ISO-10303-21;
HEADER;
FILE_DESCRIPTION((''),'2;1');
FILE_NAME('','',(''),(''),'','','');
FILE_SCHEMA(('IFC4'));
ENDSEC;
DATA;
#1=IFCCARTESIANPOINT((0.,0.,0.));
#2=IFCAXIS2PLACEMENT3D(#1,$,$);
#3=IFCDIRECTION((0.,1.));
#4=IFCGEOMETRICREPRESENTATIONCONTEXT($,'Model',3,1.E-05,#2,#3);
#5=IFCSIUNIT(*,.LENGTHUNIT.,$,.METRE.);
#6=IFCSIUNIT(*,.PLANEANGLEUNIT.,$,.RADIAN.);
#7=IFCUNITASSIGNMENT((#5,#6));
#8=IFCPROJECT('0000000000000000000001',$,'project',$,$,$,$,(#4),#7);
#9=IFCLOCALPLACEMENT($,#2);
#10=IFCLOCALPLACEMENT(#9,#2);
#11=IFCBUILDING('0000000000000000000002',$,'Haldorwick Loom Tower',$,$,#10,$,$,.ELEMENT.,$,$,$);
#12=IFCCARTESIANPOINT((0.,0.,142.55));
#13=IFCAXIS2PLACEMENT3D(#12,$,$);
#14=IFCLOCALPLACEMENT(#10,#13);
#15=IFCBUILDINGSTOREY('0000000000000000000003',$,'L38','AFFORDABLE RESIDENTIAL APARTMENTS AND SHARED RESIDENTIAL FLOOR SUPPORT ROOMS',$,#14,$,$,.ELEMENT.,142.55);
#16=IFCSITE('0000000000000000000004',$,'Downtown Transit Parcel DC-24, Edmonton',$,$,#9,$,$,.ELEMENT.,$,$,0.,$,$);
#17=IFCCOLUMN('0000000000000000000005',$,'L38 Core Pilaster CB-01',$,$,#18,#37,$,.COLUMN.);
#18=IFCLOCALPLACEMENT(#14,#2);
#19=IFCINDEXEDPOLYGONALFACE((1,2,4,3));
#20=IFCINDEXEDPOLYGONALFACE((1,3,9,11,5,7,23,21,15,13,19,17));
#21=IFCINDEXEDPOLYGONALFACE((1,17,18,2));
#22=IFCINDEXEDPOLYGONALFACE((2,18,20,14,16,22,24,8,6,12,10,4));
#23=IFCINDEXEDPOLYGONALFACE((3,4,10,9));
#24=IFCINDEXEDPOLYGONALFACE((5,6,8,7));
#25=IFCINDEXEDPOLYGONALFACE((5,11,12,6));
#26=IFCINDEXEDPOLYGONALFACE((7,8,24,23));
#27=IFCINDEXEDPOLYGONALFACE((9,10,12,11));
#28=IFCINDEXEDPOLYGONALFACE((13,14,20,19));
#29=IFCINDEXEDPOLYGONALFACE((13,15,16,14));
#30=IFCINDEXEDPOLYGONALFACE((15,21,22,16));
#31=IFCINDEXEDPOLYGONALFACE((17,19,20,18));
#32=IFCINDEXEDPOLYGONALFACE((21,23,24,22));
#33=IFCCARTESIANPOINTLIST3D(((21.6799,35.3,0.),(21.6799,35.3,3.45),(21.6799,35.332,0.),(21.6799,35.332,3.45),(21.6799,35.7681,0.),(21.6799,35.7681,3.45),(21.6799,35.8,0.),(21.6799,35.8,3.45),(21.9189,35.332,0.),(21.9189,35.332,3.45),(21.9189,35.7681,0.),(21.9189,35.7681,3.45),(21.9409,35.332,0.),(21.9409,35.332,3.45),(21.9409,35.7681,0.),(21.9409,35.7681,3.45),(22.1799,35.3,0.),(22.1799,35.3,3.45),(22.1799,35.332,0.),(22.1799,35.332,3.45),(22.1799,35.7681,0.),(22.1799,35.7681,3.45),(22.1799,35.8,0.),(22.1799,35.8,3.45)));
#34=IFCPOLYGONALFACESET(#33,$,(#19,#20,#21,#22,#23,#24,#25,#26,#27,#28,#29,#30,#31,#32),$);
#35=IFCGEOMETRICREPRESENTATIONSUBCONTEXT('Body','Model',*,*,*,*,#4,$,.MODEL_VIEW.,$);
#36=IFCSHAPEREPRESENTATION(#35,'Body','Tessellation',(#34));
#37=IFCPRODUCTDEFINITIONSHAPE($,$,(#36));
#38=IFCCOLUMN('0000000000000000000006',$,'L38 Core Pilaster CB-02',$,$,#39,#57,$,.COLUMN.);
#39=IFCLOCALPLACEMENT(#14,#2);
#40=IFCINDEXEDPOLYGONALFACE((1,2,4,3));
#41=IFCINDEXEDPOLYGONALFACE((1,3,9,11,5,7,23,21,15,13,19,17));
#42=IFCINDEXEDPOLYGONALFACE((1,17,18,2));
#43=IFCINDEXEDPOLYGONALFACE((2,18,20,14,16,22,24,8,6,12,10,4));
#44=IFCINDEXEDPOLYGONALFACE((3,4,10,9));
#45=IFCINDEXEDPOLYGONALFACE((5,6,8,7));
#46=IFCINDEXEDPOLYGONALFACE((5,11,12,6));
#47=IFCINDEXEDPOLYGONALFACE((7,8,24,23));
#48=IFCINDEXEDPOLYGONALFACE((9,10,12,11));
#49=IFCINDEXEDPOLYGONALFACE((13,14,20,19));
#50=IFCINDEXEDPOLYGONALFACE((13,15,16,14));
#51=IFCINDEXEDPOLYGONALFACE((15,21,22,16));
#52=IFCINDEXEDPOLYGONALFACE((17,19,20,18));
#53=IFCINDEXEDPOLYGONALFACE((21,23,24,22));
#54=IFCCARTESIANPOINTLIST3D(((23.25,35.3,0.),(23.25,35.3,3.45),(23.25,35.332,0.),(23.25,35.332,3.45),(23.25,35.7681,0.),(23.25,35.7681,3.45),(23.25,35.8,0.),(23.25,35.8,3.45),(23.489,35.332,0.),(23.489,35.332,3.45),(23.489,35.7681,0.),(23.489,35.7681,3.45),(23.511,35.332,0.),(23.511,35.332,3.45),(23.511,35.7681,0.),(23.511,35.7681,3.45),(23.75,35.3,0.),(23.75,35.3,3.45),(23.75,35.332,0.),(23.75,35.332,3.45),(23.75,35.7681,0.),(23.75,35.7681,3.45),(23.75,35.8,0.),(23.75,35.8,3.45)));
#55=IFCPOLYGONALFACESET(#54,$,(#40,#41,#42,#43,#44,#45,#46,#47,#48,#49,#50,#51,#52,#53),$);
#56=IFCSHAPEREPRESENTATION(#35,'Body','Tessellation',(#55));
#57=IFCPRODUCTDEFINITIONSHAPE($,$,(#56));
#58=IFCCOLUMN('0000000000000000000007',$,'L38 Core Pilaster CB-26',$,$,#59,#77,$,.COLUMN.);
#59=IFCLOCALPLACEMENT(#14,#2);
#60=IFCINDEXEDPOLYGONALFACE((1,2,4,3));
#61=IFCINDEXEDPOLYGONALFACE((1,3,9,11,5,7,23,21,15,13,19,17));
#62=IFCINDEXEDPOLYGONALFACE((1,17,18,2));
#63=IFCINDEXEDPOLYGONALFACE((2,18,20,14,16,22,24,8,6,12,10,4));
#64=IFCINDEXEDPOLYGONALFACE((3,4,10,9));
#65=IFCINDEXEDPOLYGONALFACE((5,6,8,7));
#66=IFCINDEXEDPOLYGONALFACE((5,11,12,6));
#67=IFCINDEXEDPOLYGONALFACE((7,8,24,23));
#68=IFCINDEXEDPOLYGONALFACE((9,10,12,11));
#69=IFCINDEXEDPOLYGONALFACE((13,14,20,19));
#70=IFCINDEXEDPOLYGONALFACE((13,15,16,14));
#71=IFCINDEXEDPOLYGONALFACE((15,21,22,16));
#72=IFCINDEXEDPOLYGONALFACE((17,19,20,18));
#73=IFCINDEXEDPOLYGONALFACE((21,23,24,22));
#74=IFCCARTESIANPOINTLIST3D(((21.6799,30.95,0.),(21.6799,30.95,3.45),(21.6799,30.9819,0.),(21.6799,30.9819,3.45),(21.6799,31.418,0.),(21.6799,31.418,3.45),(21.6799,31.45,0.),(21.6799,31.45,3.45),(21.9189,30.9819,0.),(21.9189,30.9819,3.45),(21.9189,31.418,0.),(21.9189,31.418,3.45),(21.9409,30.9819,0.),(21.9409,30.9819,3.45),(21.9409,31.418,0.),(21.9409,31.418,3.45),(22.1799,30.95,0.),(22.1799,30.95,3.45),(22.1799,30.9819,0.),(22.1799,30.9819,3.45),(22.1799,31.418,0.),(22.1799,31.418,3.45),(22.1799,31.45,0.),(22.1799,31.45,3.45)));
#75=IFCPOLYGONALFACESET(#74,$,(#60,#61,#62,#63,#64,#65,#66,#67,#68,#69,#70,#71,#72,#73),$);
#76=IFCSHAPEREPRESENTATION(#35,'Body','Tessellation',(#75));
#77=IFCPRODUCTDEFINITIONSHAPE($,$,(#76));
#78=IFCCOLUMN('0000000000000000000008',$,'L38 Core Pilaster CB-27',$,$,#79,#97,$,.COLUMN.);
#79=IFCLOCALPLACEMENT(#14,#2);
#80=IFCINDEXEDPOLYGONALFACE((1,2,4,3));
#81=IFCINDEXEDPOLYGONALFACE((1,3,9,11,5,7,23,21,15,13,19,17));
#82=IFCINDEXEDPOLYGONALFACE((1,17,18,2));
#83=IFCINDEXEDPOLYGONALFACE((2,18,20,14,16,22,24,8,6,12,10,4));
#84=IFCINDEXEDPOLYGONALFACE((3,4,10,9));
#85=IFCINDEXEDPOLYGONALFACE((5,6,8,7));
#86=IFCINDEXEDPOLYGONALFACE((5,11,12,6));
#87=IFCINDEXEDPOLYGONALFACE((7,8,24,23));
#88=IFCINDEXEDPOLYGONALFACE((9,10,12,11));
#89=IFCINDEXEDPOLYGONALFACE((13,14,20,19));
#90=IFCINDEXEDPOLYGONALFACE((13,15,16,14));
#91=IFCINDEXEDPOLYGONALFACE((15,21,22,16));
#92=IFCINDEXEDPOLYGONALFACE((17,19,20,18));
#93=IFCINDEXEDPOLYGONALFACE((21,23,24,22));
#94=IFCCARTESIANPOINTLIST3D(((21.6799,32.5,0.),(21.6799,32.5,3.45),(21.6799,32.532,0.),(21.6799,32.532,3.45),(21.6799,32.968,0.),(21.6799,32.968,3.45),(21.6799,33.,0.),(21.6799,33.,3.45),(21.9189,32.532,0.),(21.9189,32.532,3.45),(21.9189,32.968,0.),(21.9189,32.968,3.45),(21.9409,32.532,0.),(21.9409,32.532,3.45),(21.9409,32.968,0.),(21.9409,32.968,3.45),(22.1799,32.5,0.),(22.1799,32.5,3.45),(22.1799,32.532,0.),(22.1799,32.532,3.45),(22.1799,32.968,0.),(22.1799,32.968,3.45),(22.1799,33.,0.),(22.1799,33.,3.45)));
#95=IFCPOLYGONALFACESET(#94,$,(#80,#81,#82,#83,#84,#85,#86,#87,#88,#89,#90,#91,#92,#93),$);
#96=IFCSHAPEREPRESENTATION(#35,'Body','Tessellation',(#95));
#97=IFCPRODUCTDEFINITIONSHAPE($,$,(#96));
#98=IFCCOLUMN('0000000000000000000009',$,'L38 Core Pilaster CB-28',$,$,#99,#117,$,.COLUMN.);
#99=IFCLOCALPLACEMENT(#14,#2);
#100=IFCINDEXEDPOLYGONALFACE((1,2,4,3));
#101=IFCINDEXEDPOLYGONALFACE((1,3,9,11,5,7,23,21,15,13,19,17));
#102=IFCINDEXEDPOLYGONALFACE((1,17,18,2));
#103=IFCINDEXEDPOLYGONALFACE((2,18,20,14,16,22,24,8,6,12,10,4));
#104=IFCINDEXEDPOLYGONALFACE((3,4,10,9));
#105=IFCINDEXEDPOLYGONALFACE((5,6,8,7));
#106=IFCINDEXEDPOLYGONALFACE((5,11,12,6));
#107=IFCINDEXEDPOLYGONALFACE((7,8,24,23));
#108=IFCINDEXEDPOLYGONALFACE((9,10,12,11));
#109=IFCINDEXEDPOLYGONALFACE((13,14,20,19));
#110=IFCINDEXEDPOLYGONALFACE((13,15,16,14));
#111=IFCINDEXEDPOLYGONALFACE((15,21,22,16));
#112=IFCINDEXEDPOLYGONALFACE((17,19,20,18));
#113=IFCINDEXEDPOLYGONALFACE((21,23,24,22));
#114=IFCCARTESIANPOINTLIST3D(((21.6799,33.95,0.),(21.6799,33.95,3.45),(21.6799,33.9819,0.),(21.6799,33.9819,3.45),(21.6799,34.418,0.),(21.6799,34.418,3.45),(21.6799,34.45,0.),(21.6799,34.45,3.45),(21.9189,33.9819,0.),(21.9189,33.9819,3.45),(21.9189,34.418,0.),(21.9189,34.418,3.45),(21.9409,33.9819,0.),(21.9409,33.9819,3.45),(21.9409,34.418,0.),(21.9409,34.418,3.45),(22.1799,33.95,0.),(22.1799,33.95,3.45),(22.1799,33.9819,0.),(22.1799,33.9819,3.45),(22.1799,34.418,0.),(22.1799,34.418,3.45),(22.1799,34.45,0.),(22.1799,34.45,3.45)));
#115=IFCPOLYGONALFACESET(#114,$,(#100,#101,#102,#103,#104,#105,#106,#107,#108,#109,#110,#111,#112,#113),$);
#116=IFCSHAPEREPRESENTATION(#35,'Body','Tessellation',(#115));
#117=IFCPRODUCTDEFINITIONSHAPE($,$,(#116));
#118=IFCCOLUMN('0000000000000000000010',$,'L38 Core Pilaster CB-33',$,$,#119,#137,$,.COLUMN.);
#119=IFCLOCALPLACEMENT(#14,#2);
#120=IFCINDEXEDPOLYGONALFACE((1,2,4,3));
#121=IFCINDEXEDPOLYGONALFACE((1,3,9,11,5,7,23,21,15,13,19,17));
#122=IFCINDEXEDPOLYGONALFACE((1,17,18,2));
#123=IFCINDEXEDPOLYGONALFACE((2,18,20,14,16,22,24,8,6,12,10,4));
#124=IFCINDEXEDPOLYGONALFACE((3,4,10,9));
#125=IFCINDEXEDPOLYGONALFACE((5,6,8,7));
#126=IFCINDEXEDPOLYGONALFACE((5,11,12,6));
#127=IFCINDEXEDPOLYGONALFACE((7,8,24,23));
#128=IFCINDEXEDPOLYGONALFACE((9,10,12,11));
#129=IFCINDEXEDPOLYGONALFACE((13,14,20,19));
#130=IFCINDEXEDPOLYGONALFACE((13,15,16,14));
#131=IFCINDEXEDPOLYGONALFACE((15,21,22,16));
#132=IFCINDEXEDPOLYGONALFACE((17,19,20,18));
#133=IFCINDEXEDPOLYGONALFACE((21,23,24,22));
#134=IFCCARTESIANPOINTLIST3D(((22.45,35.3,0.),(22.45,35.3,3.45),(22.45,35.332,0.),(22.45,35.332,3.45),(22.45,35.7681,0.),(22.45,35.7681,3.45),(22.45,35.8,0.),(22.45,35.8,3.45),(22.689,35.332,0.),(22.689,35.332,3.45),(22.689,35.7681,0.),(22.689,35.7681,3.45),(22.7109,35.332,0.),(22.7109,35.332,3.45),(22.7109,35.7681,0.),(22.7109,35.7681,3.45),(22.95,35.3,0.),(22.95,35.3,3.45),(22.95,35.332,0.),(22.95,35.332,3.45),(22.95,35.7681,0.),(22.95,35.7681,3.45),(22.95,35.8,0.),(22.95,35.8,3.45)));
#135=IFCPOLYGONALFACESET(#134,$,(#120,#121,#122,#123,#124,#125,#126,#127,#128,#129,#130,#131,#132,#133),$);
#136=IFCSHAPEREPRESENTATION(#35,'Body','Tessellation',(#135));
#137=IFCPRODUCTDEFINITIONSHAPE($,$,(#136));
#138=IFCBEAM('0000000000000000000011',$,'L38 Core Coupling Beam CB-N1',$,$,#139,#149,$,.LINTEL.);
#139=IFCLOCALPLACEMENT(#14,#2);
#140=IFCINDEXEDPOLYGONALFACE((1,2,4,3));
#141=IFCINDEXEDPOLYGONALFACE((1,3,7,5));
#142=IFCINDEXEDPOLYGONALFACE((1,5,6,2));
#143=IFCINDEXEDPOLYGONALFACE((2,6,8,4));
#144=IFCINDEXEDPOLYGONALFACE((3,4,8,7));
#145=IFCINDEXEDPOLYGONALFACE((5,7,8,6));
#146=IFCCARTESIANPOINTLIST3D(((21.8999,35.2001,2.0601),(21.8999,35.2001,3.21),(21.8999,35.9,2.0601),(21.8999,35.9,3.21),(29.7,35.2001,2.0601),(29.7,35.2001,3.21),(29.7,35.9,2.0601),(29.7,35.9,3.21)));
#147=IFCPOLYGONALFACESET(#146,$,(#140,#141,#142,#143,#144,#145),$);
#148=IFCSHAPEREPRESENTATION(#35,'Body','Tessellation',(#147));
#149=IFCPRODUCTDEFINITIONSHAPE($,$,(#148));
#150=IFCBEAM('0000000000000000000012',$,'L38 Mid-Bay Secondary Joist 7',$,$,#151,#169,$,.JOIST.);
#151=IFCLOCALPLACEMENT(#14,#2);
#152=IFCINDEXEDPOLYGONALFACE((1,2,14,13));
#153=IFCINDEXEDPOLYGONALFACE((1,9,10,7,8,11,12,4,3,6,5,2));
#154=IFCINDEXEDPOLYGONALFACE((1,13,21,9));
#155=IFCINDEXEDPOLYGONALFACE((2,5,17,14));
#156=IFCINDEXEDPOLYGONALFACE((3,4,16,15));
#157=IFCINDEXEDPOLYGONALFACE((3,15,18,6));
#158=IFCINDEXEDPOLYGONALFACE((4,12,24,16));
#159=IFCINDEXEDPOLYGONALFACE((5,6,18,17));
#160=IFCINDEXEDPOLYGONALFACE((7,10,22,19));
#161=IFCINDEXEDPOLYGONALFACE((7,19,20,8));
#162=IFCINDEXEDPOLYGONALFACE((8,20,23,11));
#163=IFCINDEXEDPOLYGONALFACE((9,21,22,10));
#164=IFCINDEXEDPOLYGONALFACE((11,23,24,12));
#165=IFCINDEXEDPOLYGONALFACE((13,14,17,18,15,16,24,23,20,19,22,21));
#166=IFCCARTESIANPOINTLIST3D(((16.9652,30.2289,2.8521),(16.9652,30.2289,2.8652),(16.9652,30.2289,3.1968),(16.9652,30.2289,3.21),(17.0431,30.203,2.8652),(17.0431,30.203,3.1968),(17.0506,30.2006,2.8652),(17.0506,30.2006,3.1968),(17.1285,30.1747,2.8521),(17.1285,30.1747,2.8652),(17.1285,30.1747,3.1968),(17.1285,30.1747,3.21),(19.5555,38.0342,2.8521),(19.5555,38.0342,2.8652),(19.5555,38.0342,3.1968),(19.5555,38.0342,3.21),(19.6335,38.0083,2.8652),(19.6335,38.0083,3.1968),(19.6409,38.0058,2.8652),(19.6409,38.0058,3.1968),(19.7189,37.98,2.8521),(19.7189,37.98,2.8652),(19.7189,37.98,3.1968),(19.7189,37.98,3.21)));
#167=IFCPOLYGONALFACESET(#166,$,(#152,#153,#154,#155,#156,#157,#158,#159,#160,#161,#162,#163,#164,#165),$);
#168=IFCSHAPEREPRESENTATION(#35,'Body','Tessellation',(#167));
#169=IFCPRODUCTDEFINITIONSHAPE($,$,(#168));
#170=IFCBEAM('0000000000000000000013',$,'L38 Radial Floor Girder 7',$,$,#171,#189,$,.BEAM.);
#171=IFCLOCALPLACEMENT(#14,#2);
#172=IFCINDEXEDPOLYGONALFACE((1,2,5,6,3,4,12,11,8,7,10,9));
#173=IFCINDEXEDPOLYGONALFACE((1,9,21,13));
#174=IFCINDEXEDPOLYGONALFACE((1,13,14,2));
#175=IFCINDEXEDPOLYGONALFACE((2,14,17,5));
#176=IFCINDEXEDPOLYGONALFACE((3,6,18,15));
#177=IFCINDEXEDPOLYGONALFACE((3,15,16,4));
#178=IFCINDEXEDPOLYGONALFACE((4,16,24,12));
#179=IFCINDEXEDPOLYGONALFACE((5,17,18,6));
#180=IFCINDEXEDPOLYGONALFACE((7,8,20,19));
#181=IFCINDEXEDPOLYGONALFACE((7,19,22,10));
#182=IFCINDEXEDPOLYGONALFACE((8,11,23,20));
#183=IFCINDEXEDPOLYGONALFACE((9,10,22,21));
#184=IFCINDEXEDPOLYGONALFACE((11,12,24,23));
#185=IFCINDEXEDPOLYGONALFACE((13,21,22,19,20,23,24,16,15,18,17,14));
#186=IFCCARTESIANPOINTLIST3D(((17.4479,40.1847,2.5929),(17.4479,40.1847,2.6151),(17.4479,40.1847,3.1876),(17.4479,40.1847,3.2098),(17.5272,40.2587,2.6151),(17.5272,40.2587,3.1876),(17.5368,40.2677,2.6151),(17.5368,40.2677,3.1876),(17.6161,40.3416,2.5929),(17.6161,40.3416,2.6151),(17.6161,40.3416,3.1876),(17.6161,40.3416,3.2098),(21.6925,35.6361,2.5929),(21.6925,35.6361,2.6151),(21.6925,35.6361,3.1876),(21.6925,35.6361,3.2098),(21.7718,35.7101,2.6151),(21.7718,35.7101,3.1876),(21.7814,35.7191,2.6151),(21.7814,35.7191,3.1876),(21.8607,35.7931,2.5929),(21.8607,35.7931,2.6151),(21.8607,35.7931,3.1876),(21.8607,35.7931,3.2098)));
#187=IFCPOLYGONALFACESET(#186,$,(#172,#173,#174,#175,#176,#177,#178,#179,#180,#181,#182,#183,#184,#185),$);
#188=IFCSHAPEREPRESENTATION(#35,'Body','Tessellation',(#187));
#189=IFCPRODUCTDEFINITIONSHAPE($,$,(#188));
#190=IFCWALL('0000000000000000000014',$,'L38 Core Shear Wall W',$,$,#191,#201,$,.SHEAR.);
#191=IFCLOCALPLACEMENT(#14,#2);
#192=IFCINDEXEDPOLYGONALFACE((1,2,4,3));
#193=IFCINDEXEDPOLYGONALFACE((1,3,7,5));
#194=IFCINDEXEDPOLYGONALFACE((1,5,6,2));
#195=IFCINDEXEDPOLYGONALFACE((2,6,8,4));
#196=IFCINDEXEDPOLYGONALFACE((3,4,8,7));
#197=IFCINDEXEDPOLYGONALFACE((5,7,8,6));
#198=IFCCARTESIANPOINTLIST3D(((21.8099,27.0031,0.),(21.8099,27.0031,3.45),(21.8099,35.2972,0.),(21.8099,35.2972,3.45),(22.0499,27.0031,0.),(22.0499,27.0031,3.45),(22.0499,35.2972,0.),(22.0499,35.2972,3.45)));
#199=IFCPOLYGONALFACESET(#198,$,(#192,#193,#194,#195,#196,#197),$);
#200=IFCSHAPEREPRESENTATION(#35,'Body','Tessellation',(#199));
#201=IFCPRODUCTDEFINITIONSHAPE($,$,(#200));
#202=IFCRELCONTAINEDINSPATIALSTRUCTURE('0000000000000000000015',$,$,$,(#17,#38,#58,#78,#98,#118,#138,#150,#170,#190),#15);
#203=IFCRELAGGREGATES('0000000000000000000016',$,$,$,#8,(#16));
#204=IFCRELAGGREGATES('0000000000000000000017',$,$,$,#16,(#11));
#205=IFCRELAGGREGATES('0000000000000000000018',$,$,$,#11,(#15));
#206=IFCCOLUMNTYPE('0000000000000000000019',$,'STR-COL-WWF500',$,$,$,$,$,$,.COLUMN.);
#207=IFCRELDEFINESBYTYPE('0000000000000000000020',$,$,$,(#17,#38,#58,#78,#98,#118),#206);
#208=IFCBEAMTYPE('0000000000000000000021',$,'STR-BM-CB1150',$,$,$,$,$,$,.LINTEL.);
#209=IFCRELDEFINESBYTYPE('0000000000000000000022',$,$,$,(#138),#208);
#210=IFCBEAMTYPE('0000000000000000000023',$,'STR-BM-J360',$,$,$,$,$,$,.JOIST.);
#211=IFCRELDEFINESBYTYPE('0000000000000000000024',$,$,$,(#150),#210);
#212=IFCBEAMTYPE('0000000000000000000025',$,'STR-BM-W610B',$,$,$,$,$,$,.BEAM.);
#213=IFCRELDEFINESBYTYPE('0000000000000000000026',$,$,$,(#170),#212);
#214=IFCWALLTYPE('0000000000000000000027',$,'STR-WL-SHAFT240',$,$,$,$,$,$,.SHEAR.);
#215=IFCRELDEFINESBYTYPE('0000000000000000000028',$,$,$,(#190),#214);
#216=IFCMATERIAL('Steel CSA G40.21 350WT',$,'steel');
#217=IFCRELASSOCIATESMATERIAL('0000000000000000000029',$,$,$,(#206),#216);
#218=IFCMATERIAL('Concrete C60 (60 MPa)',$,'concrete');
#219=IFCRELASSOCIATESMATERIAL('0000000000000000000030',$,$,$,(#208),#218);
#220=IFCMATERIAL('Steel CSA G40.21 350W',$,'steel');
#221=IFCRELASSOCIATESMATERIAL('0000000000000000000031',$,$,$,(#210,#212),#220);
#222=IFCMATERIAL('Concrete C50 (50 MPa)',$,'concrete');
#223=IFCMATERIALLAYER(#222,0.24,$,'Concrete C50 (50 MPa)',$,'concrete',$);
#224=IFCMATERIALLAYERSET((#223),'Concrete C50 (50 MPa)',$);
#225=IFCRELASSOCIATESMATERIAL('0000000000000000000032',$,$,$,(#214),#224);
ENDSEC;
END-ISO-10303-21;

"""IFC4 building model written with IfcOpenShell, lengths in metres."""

from ifc_helpers import new_model, si_unit, direction, frame, frame_2d, origin, origin_2d, place, context, subcontext, project, spatial, rectangle, i_section, extrude, material, layer, layer_set, material_profile, profile_set, type_object, element, save


model = new_model("IFC4")

# Units and contexts
model_context = context("Model", 3, precision=1e-05, world=origin(), true_north=direction((0.0, 1.0)))
body_context = subcontext(model_context, "Body", "Model", "MODEL_VIEW")
ifc_project = project(units=[si_unit("LENGTHUNIT", "METRE"), si_unit("PLANEANGLEUNIT", "RADIAN")], contexts=[model_context])

# Site, building, storey
site_placement = place(None, origin())
site = spatial("IfcSite", under=ifc_project, at=site_placement, Name="Downtown Transit Parcel DC-24, Edmonton", CompositionType="ELEMENT", RefElevation=0.0)
building_placement = place(site_placement, origin())
building = spatial("IfcBuilding", under=site, at=building_placement, Name="Haldorwick Loom Tower", CompositionType="ELEMENT")
storey_placement = place(building_placement, frame((0.0, 0.0, 142.55)))
storey = spatial("IfcBuildingStorey", under=building, at=storey_placement, Name="L38", Description="AFFORDABLE RESIDENTIAL APARTMENTS AND SHARED RESIDENTIAL FLOOR SUPPORT ROOMS", CompositionType="ELEMENT", Elevation=142.55)

# Columns
ifc_material_1 = material(Name="Steel CSA G40.21 350WT", Category="steel")
ifc_material_profile_1 = material_profile(ifc_material_1, i_section(OverallWidth=0.5, OverallDepth=0.5, WebThickness=0.022, FlangeThickness=0.032, at=origin_2d()), Name="WWF500X500", Category="steel")
ifc_profile_set_1 = profile_set([ifc_material_profile_1], Name="Steel CSA G40.21 350WT")
column_type = type_object("IfcColumnType", Name="STR-COL-WWF500", PredefinedType="COLUMN", material=ifc_profile_set_1)
for number, where, z_axis, x_axis, name in (
    (1, (21.9299, 35.55, 0.0), (0.0, 0.0, 1.0), (1.0, 0.0, 0.0), "L38 Core Pilaster CB-01"),
    (2, (23.5, 35.55, 0.0), (0.0, 0.0, 1.0), (1.0, 0.0, 0.0), "L38 Core Pilaster CB-02"),
    (3, (21.9299, 31.2, 0.0), (0.0, 0.0, 1.0), (1.0, 0.0, 0.0), "L38 Core Pilaster CB-26"),
    (4, (21.9299, 32.75, 0.0), (0.0, 0.0, 1.0), (1.0, 0.0, 0.0), "L38 Core Pilaster CB-27"),
    (5, (21.9299, 34.2, 0.0), (0.0, 0.0, 1.0), (1.0, 0.0, 0.0), "L38 Core Pilaster CB-28"),
    (6, (22.7, 35.55, 0.0), (0.0, 0.0, 1.0), (1.0, 0.0, 0.0), "L38 Core Pilaster CB-33"),
):
    element("IfcColumn", number, at=place(storey_placement, frame(where, z_axis=z_axis, x_axis=x_axis)), inside=storey, type_object=column_type, Name=name, PredefinedType="COLUMN", context=body_context, shape_type="SweptSolid", body=[
        extrude(i_section(OverallWidth=0.5, OverallDepth=0.5, WebThickness=0.022, FlangeThickness=0.032, at=origin_2d()), origin(), (0.0, 0.0, 1.0), 3.45),
    ])

# Beams
ifc_material_2 = material(Name="Concrete C60 (60 MPa)", Category="concrete")
ifc_material_profile_2 = material_profile(ifc_material_2, rectangle(XDim=0.7, YDim=1.1499, at=origin_2d()), Name="RC700X1150", Category="concrete")
ifc_profile_set_2 = profile_set([ifc_material_profile_2], Name="Concrete C60 (60 MPa)")
beam_type_1 = type_object("IfcBeamType", Name="STR-BM-CB1150", PredefinedType="LINTEL", material=ifc_profile_set_2)
beam_1_placement = place(storey_placement, frame((21.8999, 35.55, 2.635), z_axis=(1.0, 0.0, 0.0), x_axis=(0.0, 1.0, 0.0)))
element("IfcBeam", 7, at=beam_1_placement, inside=storey, type_object=beam_type_1, Name="L38 Core Coupling Beam CB-N1", PredefinedType="LINTEL", context=body_context, shape_type="SweptSolid", body=[
    extrude(rectangle(XDim=0.7, YDim=1.1499, at=origin_2d()), origin(), (0.0, 0.0, 1.0), 7.8),
])
ifc_material_3 = material(Name="Steel CSA G40.21 350W", Category="steel")
ifc_material_profile_3 = material_profile(ifc_material_3, i_section(OverallWidth=0.1721, OverallDepth=0.3579, WebThickness=0.0078, FlangeThickness=0.0132, at=origin_2d()), Name="W360X57", Category="steel")
ifc_profile_set_3 = profile_set([ifc_material_profile_3], Name="Steel CSA G40.21 350W")
beam_type_2 = type_object("IfcBeamType", Name="STR-BM-J360", PredefinedType="JOIST", material=ifc_profile_set_3)
beam_2_placement = place(storey_placement, frame((19.6372, 38.0071, 3.031), z_axis=(-0.314981, -0.949098, 0.0), x_axis=(0.949098, -0.314981, 0.0)))
element("IfcBeam", 8, at=beam_2_placement, inside=storey, type_object=beam_type_2, Name="L38 Mid-Bay Secondary Joist 7", PredefinedType="JOIST", context=body_context, shape_type="SweptSolid", body=[
    extrude(i_section(OverallWidth=0.1721, OverallDepth=0.3579, WebThickness=0.0078, FlangeThickness=0.0132, at=origin_2d()), origin(), (0.0, 0.0, 1.0), 8.2239),
])
ifc_material_profile_4 = material_profile(ifc_material_3, i_section(OverallWidth=0.23, OverallDepth=0.6169, WebThickness=0.0132, FlangeThickness=0.0222, at=origin_2d()), Name="W610X140", Category="steel")
ifc_profile_set_4 = profile_set([ifc_material_profile_4], Name="Steel CSA G40.21 350W")
beam_type_3 = type_object("IfcBeamType", Name="STR-BM-W610B", PredefinedType="BEAM", material=ifc_profile_set_4)
beam_3_placement = place(storey_placement, frame((21.7766, 35.7146, 2.9014), z_axis=(-0.682257, 0.731113, 0.0), x_axis=(-0.731113, -0.682257, 0.0)))
element("IfcBeam", 9, at=beam_3_placement, inside=storey, type_object=beam_type_3, Name="L38 Radial Floor Girder 7", PredefinedType="BEAM", context=body_context, shape_type="SweptSolid", body=[
    extrude(i_section(OverallWidth=0.23, OverallDepth=0.6169, WebThickness=0.0132, FlangeThickness=0.0222, at=origin_2d()), origin(), (0.0, 0.0, 1.0), 6.2214),
])

# Wall
ifc_material_4 = material(Name="Concrete C50 (50 MPa)", Category="concrete")
ifc_layer = layer(ifc_material_4, 0.24, Name="Concrete C50 (50 MPa)", Category="concrete")
ifc_layer_set = layer_set([ifc_layer], Name="Concrete C50 (50 MPa)")
wall_type = type_object("IfcWallType", Name="STR-WL-SHAFT240", PredefinedType="SHEAR", material=ifc_layer_set)
wall_1_placement = place(storey_placement, frame((21.9299, 35.2971, 0.0), z_axis=(0.0, 0.0, 1.0), x_axis=(0.0, -1.0, 0.0)))
element("IfcWall", 10, at=wall_1_placement, inside=storey, type_object=wall_type, Name="L38 Core Shear Wall W", PredefinedType="SHEAR", context=body_context, shape_type="SweptSolid", body=[
    extrude(rectangle(XDim=8.2942, YDim=0.24, at=frame_2d((4.147, 0.0))), origin(), (0.0, 0.0, 1.0), 3.45),
])

save(model, "model.ifc")
